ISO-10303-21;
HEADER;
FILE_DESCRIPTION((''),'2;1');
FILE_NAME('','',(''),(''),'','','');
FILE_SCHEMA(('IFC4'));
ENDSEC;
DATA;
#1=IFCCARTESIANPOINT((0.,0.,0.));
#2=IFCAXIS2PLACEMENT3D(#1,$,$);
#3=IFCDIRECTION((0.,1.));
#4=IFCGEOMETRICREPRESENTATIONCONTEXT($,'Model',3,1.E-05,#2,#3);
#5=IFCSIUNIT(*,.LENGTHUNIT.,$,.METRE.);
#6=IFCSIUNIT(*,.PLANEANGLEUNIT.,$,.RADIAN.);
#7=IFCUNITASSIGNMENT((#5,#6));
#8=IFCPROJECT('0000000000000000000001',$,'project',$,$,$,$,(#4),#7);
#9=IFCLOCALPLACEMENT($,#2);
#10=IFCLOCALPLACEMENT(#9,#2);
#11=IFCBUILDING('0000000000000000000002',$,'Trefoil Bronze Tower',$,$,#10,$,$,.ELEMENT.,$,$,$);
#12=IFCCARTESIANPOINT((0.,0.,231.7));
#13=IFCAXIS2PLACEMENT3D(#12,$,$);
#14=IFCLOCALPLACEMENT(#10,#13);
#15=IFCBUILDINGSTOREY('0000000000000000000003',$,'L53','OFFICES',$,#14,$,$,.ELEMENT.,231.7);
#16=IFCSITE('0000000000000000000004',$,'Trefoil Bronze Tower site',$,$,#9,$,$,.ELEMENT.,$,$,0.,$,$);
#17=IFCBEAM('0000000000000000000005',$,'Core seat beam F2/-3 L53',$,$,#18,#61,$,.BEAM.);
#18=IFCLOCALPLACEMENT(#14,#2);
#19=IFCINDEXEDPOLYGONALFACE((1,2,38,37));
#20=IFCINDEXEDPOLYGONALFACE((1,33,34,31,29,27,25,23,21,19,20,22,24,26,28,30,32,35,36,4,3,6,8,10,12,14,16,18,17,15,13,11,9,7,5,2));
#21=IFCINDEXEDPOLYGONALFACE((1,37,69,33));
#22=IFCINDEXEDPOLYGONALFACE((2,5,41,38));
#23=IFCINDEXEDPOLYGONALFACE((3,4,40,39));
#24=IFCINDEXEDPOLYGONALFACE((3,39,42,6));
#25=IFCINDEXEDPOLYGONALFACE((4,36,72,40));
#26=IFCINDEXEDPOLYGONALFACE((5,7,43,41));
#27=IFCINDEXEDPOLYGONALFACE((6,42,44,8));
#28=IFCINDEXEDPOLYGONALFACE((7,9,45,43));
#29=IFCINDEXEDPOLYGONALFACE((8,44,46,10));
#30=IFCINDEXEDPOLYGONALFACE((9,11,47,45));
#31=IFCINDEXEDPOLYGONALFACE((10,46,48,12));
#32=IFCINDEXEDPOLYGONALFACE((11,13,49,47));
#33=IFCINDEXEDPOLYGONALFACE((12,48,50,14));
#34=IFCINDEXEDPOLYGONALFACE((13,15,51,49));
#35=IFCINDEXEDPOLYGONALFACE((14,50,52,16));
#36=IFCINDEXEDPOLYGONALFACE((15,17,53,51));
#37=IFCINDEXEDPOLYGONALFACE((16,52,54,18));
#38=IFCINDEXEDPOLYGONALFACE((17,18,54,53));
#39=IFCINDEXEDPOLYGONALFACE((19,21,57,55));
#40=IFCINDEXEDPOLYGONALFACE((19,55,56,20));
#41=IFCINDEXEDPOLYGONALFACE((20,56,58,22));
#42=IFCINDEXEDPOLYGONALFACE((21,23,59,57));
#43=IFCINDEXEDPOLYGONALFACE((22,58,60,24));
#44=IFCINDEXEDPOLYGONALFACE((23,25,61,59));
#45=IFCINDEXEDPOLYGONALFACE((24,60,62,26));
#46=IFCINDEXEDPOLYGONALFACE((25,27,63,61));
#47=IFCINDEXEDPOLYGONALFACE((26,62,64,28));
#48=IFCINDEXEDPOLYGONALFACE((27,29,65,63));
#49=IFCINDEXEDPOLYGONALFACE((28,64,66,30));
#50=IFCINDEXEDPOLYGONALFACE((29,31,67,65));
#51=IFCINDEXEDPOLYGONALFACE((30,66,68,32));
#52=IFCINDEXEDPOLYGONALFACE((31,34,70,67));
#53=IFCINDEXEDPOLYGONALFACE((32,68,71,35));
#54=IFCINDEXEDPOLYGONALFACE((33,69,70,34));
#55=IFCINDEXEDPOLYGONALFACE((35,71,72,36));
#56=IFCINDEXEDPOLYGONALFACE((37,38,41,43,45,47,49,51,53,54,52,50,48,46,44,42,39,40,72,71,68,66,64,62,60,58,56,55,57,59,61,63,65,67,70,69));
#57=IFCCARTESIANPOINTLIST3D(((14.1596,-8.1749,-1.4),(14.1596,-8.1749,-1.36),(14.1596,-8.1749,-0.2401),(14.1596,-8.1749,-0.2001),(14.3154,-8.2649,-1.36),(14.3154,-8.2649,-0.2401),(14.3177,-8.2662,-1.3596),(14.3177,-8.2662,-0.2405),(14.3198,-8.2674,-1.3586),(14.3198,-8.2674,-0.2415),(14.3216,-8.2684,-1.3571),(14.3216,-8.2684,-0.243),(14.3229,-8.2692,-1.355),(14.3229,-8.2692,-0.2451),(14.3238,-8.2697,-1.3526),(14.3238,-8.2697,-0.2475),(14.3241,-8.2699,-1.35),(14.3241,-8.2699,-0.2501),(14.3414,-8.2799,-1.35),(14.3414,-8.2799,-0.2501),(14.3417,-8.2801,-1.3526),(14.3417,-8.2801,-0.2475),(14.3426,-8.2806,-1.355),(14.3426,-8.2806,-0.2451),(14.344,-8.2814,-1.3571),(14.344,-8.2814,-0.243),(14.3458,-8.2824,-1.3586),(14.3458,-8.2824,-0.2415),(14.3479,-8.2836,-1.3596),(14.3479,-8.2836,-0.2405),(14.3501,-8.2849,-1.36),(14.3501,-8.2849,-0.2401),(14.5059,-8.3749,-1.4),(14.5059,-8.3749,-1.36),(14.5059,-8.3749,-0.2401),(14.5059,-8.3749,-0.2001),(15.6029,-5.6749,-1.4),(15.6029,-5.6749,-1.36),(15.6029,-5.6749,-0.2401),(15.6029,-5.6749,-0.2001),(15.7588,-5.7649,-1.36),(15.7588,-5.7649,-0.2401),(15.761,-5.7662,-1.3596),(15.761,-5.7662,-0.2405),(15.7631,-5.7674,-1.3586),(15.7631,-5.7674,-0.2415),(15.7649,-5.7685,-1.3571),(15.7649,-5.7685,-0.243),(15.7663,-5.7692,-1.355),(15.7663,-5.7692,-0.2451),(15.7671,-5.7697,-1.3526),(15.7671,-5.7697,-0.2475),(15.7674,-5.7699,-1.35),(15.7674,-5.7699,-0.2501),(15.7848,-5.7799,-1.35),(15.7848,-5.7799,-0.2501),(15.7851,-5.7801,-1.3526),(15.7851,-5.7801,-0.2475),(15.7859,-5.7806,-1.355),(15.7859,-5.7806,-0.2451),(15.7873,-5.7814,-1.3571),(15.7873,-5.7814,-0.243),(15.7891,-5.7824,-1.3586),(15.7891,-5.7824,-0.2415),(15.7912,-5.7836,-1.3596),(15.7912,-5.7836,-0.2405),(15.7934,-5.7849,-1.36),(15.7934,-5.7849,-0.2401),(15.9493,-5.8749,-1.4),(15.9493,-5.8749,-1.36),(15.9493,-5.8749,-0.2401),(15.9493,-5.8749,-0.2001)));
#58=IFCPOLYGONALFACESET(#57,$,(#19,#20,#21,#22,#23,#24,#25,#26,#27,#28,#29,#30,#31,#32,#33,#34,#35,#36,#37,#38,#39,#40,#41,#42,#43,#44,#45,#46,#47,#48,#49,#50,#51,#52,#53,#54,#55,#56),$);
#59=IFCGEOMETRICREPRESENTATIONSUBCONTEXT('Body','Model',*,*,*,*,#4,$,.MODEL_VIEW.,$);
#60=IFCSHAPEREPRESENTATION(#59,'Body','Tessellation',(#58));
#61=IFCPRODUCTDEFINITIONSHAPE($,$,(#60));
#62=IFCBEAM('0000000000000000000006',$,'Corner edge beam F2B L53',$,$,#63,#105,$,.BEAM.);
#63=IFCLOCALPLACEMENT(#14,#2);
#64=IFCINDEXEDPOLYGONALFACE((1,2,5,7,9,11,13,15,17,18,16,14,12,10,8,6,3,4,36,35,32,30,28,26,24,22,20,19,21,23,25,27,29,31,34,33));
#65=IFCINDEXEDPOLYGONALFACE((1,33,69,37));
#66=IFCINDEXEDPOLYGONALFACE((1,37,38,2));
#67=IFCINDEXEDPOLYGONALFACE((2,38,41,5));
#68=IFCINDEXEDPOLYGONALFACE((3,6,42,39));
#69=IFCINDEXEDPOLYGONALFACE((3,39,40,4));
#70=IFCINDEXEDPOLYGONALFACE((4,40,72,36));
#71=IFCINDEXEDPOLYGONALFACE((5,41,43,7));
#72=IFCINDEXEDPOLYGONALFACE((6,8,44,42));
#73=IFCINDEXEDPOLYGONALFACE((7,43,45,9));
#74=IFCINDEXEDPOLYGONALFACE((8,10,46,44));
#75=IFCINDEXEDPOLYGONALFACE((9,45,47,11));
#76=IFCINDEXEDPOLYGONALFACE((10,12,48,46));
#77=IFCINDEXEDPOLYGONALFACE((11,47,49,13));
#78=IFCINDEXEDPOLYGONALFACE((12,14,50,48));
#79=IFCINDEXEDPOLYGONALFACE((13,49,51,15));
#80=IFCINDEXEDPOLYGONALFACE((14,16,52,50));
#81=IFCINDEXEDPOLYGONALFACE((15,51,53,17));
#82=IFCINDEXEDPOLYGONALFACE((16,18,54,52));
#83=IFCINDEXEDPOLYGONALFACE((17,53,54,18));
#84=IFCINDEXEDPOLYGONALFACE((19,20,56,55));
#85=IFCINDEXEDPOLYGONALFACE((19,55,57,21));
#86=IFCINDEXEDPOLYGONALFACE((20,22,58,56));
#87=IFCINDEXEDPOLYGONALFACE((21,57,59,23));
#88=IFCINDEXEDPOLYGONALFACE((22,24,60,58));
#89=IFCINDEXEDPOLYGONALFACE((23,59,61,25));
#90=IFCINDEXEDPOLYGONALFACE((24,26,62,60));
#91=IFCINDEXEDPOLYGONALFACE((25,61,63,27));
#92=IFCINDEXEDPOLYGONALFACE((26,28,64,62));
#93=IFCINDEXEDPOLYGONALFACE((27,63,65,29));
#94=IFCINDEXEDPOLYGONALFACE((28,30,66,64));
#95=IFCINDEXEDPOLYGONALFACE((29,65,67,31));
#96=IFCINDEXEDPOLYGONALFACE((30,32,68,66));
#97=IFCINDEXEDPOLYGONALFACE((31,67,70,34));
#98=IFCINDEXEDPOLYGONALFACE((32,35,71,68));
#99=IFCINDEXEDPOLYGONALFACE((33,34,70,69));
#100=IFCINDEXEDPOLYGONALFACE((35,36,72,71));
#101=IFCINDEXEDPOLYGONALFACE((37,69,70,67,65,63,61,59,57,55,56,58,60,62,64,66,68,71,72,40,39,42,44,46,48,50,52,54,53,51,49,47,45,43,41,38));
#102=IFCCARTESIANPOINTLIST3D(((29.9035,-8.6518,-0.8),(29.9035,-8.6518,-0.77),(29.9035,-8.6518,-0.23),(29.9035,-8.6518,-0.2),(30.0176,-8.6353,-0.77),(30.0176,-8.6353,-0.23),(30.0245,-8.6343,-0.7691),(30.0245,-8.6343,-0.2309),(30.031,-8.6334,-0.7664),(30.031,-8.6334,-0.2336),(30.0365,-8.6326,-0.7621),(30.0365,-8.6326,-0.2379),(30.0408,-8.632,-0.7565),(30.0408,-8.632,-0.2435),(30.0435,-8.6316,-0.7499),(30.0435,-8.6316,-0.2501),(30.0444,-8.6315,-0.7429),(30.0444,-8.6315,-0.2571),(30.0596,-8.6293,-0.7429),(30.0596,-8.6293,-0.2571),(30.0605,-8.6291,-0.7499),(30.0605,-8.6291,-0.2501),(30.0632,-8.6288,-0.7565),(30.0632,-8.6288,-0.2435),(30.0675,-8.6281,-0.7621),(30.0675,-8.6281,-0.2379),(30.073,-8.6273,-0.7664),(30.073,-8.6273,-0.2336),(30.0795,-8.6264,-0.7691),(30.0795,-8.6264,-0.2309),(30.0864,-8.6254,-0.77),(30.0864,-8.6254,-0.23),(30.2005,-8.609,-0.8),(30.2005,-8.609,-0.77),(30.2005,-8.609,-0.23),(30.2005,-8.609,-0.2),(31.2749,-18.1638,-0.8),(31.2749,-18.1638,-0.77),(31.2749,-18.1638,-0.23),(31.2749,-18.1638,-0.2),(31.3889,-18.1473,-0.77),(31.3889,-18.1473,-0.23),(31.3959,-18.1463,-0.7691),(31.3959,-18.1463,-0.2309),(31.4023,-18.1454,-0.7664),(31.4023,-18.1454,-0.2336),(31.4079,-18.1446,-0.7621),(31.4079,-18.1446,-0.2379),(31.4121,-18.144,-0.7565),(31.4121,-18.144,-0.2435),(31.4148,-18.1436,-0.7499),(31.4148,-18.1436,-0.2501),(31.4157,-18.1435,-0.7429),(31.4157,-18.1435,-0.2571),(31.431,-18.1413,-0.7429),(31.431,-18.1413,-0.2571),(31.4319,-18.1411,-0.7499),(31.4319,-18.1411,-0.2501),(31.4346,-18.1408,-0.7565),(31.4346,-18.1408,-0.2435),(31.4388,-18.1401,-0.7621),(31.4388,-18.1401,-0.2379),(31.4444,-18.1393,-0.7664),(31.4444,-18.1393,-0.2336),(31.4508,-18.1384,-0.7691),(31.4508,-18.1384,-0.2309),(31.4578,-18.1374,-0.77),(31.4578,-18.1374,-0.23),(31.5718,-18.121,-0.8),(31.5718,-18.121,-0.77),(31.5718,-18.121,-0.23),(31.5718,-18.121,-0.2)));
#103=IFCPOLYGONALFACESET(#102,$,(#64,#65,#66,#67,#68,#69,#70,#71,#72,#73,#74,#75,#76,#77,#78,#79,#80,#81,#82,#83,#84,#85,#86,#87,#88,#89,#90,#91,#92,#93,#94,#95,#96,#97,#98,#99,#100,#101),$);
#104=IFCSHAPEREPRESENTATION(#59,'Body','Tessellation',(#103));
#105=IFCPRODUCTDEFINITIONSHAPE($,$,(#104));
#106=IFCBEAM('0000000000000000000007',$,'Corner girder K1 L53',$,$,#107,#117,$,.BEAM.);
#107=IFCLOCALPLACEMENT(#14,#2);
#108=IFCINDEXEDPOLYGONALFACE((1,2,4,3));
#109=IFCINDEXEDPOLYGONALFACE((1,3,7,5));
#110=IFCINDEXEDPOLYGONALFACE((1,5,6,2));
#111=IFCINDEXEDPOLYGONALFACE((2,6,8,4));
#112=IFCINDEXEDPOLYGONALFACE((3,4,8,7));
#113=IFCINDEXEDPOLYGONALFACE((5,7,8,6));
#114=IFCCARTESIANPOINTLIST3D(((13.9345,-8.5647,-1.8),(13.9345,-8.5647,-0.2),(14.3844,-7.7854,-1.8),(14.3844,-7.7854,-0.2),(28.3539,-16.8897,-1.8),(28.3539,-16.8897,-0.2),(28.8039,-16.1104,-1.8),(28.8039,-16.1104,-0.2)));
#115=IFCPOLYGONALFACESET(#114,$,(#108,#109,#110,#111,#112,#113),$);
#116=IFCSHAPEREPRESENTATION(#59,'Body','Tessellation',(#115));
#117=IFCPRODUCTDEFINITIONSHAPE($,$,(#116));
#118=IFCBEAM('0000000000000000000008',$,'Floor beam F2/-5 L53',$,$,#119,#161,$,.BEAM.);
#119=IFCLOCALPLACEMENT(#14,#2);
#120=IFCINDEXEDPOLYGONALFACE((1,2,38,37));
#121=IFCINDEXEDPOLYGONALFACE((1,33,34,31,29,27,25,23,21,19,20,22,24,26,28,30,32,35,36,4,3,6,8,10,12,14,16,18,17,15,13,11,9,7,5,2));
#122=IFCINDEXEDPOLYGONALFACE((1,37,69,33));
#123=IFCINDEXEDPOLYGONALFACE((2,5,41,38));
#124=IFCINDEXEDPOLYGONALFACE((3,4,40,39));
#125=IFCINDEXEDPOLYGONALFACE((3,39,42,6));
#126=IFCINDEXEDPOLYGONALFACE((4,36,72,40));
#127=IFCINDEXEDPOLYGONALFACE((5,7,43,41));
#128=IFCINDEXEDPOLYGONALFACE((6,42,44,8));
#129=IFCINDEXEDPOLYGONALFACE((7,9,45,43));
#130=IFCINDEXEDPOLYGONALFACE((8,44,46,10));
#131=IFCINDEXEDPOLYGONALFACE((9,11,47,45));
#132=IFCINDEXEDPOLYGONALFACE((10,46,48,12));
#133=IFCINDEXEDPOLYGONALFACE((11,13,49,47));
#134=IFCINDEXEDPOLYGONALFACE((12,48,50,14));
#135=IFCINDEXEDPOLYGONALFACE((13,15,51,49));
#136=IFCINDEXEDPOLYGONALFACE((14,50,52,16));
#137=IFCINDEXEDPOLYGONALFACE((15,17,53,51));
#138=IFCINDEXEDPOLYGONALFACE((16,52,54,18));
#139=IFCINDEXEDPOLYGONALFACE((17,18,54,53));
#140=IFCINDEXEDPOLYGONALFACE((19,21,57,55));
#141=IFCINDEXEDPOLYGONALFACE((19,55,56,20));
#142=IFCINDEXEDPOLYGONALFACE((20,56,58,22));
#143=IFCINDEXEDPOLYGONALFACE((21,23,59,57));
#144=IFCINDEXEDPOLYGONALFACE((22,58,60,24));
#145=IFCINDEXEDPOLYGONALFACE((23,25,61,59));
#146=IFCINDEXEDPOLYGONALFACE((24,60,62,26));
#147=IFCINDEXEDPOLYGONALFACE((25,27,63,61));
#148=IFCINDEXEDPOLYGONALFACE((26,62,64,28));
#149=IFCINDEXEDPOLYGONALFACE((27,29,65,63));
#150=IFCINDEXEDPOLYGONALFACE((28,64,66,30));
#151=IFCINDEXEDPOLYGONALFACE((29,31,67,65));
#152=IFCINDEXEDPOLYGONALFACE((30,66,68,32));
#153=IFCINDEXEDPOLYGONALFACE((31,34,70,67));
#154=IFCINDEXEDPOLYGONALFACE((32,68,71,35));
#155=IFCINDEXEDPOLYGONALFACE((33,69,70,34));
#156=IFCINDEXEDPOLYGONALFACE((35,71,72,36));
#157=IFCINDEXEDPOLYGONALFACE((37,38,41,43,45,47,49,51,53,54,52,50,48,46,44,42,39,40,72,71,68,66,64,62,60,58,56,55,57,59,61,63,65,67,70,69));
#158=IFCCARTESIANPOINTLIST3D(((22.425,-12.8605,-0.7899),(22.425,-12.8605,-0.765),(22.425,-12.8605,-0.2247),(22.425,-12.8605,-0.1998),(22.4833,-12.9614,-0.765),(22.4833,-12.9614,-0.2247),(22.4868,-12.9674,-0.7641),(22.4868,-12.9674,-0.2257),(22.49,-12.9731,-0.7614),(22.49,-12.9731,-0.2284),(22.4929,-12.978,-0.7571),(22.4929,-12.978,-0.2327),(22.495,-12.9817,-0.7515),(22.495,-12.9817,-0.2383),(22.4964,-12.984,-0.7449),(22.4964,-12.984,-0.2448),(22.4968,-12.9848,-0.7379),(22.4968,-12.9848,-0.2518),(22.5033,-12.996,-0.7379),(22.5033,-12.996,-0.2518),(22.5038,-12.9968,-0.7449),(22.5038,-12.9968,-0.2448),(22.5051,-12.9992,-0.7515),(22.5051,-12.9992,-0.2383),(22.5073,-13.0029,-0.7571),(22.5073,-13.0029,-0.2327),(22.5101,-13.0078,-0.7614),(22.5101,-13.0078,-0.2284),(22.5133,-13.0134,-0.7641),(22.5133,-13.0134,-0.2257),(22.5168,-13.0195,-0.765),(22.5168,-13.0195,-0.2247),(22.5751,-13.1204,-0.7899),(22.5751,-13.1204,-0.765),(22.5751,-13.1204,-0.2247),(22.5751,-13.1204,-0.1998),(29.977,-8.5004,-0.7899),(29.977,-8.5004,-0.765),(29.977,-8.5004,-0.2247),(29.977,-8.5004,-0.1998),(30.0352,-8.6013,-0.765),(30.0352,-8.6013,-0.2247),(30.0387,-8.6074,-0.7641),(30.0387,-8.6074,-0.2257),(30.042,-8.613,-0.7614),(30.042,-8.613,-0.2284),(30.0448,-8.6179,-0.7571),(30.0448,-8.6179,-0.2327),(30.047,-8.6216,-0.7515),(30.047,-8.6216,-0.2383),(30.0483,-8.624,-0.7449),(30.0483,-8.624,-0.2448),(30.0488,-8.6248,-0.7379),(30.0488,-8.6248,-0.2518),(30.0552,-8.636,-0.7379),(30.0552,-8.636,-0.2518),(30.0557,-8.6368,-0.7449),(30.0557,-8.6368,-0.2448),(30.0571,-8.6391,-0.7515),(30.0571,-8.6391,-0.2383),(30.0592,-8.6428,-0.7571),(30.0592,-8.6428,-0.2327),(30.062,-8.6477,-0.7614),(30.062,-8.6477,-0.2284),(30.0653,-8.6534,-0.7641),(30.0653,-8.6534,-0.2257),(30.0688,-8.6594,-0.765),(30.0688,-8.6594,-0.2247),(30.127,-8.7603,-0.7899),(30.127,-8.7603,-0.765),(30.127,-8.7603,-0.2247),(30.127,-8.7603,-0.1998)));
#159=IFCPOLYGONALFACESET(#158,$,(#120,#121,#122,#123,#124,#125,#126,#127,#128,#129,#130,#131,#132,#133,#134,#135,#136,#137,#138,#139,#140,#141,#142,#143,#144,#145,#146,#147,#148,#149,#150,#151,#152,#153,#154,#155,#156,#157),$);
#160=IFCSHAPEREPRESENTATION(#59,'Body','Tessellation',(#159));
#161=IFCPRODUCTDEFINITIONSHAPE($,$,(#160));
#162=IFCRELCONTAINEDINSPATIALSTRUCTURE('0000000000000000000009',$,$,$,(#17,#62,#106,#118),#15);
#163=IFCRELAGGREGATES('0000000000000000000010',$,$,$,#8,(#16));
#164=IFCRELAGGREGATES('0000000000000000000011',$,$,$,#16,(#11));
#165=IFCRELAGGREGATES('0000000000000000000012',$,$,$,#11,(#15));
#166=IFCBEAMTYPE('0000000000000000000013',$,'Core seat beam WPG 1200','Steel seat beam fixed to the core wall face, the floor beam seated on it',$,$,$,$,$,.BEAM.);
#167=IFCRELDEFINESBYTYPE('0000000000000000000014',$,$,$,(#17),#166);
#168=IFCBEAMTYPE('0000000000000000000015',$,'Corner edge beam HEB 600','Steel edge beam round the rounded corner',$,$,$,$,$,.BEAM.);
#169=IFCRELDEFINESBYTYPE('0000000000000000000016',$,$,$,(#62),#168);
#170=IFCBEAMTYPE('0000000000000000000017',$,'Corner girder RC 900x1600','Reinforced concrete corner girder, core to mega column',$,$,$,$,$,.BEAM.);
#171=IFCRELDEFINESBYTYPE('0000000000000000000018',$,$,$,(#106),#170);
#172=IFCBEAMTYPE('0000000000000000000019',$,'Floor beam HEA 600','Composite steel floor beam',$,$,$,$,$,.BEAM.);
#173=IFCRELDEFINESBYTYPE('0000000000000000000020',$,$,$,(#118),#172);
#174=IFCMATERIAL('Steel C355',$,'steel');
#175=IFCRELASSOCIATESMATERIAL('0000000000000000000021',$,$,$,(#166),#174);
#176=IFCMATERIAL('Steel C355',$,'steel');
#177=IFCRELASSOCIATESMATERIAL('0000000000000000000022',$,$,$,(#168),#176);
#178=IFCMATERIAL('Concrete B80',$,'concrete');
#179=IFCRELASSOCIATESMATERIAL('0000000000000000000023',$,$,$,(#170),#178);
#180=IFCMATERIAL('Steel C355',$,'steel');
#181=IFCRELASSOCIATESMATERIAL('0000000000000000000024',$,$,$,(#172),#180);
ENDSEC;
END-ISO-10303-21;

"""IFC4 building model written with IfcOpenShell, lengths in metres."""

from ifc_helpers import new_model, si_unit, direction, frame, origin, origin_2d, place, context, subcontext, project, spatial, rectangle, i_section, extrude, material, material_profile, profile_set, type_object, element, save


model = new_model("IFC4")

# Units and contexts
model_context = context("Model", 3, precision=1e-05, world=origin(), true_north=direction((0.0, 1.0)))
body_context = subcontext(model_context, "Body", "Model", "MODEL_VIEW")
ifc_project = project(units=[si_unit("LENGTHUNIT", "METRE"), si_unit("PLANEANGLEUNIT", "RADIAN")], contexts=[model_context])

# Site, building, storey
site_placement = place(None, origin())
site = spatial("IfcSite", under=ifc_project, at=site_placement, Name="Trefoil Bronze Tower site", CompositionType="ELEMENT", RefElevation=0.0)
building_placement = place(site_placement, origin())
building = spatial("IfcBuilding", under=site, at=building_placement, Name="Trefoil Bronze Tower", CompositionType="ELEMENT")
storey_placement = place(building_placement, frame((0.0, 0.0, 231.7)))
storey = spatial("IfcBuildingStorey", under=building, at=storey_placement, Name="L53", Description="OFFICES", CompositionType="ELEMENT", Elevation=231.7)

# Beams
ifc_material_1 = material(Name="Steel C355", Category="steel")
ifc_material_profile_1 = material_profile(ifc_material_1, i_section(OverallWidth=0.3999, OverallDepth=1.2, WebThickness=0.02, FlangeThickness=0.04, FilletRadius=0.01, at=origin_2d()), Name="WPG 1200")
ifc_profile_set_1 = profile_set([ifc_material_profile_1], Name="Steel C355")
beam_type_1 = type_object("IfcBeamType", Name="Core seat beam WPG 1200", Description="Steel seat beam fixed to the core wall face, the floor beam seated on it", PredefinedType="BEAM", material=ifc_profile_set_1)
beam_1_placement = place(storey_placement, frame((14.3328, -8.2749, -0.8), z_axis=(0.499996, 0.866028, 0.0), x_axis=(-0.866028, 0.499996, 0.0)))
element("IfcBeam", 1, at=beam_1_placement, inside=storey, type_object=beam_type_1, Name="Core seat beam F2/-3 L53", PredefinedType="BEAM", context=body_context, shape_type="SweptSolid", body=[
    extrude(i_section(OverallWidth=0.3999, OverallDepth=1.2, WebThickness=0.02, FlangeThickness=0.04, FilletRadius=0.01, at=origin_2d()), origin(), (0.0, 0.0, 1.0), 2.8867),
])
ifc_material_2 = material(Name="Steel C355", Category="steel")
ifc_material_profile_2 = material_profile(ifc_material_2, i_section(OverallWidth=0.3, OverallDepth=0.6001, WebThickness=0.0154, FlangeThickness=0.03, FilletRadius=0.0271, at=origin_2d()), Name="HEB 600")
ifc_profile_set_2 = profile_set([ifc_material_profile_2], Name="Steel C355")
beam_type_2 = type_object("IfcBeamType", Name="Corner edge beam HEB 600", Description="Steel edge beam round the rounded corner", PredefinedType="BEAM", material=ifc_profile_set_2)
beam_2_placement = place(storey_placement, frame((30.052, -8.6304, -0.5), z_axis=(0.142694, -0.989767, 0.0), x_axis=(0.989767, 0.142694, 0.0)))
element("IfcBeam", 2, at=beam_2_placement, inside=storey, type_object=beam_type_2, Name="Corner edge beam F2B L53", PredefinedType="BEAM", context=body_context, shape_type="SweptSolid", body=[
    extrude(i_section(OverallWidth=0.3, OverallDepth=0.6001, WebThickness=0.0154, FlangeThickness=0.03, FilletRadius=0.0271, at=origin_2d()), origin(), (0.0, 0.0, 1.0), 9.6104),
])
ifc_material_3 = material(Name="Concrete B80", Category="concrete")
ifc_material_profile_3 = material_profile(ifc_material_3, rectangle(XDim=0.8999, YDim=1.6001, at=origin_2d()), Name="RC 900x1600")
ifc_profile_set_3 = profile_set([ifc_material_profile_3], Name="Concrete B80")
beam_type_3 = type_object("IfcBeamType", Name="Corner girder RC 900x1600", Description="Reinforced concrete corner girder, core to mega column", PredefinedType="BEAM", material=ifc_profile_set_3)
beam_3_placement = place(storey_placement, frame((14.1594, -8.175, -1.0), z_axis=(0.866028, -0.499995, 0.0), x_axis=(0.499995, 0.866028, 0.0)))
element("IfcBeam", 3, at=beam_3_placement, inside=storey, type_object=beam_type_3, Name="Corner girder K1 L53", PredefinedType="BEAM", context=body_context, shape_type="SweptSolid", body=[
    extrude(rectangle(XDim=0.8999, YDim=1.6001, at=origin_2d()), origin(), (0.0, 0.0, 1.0), 16.6501),
])
ifc_material_4 = material(Name="Steel C355", Category="steel")
ifc_material_profile_4 = material_profile(ifc_material_4, i_section(OverallWidth=0.3, OverallDepth=0.5901, WebThickness=0.0129, FlangeThickness=0.0249, FilletRadius=0.0271, at=origin_2d()), Name="HEA 600")
ifc_profile_set_4 = profile_set([ifc_material_profile_4], Name="Steel C355")
beam_type_4 = type_object("IfcBeamType", Name="Floor beam HEA 600", Description="Composite steel floor beam", PredefinedType="BEAM", material=ifc_profile_set_4)
beam_4_placement = place(storey_placement, frame((30.052, -8.6304, -0.4949), z_axis=(-0.866028, -0.499996, 0.0), x_axis=(0.499996, -0.866028, 0.0)))
element("IfcBeam", 4, at=beam_4_placement, inside=storey, type_object=beam_type_4, Name="Floor beam F2/-5 L53", PredefinedType="BEAM", context=body_context, shape_type="SweptSolid", body=[
    extrude(i_section(OverallWidth=0.3, OverallDepth=0.5901, WebThickness=0.0129, FlangeThickness=0.0249, FilletRadius=0.0271, at=origin_2d()), origin(), (0.0, 0.0, 1.0), 8.7202),
])

save(model, "model.ifc")
